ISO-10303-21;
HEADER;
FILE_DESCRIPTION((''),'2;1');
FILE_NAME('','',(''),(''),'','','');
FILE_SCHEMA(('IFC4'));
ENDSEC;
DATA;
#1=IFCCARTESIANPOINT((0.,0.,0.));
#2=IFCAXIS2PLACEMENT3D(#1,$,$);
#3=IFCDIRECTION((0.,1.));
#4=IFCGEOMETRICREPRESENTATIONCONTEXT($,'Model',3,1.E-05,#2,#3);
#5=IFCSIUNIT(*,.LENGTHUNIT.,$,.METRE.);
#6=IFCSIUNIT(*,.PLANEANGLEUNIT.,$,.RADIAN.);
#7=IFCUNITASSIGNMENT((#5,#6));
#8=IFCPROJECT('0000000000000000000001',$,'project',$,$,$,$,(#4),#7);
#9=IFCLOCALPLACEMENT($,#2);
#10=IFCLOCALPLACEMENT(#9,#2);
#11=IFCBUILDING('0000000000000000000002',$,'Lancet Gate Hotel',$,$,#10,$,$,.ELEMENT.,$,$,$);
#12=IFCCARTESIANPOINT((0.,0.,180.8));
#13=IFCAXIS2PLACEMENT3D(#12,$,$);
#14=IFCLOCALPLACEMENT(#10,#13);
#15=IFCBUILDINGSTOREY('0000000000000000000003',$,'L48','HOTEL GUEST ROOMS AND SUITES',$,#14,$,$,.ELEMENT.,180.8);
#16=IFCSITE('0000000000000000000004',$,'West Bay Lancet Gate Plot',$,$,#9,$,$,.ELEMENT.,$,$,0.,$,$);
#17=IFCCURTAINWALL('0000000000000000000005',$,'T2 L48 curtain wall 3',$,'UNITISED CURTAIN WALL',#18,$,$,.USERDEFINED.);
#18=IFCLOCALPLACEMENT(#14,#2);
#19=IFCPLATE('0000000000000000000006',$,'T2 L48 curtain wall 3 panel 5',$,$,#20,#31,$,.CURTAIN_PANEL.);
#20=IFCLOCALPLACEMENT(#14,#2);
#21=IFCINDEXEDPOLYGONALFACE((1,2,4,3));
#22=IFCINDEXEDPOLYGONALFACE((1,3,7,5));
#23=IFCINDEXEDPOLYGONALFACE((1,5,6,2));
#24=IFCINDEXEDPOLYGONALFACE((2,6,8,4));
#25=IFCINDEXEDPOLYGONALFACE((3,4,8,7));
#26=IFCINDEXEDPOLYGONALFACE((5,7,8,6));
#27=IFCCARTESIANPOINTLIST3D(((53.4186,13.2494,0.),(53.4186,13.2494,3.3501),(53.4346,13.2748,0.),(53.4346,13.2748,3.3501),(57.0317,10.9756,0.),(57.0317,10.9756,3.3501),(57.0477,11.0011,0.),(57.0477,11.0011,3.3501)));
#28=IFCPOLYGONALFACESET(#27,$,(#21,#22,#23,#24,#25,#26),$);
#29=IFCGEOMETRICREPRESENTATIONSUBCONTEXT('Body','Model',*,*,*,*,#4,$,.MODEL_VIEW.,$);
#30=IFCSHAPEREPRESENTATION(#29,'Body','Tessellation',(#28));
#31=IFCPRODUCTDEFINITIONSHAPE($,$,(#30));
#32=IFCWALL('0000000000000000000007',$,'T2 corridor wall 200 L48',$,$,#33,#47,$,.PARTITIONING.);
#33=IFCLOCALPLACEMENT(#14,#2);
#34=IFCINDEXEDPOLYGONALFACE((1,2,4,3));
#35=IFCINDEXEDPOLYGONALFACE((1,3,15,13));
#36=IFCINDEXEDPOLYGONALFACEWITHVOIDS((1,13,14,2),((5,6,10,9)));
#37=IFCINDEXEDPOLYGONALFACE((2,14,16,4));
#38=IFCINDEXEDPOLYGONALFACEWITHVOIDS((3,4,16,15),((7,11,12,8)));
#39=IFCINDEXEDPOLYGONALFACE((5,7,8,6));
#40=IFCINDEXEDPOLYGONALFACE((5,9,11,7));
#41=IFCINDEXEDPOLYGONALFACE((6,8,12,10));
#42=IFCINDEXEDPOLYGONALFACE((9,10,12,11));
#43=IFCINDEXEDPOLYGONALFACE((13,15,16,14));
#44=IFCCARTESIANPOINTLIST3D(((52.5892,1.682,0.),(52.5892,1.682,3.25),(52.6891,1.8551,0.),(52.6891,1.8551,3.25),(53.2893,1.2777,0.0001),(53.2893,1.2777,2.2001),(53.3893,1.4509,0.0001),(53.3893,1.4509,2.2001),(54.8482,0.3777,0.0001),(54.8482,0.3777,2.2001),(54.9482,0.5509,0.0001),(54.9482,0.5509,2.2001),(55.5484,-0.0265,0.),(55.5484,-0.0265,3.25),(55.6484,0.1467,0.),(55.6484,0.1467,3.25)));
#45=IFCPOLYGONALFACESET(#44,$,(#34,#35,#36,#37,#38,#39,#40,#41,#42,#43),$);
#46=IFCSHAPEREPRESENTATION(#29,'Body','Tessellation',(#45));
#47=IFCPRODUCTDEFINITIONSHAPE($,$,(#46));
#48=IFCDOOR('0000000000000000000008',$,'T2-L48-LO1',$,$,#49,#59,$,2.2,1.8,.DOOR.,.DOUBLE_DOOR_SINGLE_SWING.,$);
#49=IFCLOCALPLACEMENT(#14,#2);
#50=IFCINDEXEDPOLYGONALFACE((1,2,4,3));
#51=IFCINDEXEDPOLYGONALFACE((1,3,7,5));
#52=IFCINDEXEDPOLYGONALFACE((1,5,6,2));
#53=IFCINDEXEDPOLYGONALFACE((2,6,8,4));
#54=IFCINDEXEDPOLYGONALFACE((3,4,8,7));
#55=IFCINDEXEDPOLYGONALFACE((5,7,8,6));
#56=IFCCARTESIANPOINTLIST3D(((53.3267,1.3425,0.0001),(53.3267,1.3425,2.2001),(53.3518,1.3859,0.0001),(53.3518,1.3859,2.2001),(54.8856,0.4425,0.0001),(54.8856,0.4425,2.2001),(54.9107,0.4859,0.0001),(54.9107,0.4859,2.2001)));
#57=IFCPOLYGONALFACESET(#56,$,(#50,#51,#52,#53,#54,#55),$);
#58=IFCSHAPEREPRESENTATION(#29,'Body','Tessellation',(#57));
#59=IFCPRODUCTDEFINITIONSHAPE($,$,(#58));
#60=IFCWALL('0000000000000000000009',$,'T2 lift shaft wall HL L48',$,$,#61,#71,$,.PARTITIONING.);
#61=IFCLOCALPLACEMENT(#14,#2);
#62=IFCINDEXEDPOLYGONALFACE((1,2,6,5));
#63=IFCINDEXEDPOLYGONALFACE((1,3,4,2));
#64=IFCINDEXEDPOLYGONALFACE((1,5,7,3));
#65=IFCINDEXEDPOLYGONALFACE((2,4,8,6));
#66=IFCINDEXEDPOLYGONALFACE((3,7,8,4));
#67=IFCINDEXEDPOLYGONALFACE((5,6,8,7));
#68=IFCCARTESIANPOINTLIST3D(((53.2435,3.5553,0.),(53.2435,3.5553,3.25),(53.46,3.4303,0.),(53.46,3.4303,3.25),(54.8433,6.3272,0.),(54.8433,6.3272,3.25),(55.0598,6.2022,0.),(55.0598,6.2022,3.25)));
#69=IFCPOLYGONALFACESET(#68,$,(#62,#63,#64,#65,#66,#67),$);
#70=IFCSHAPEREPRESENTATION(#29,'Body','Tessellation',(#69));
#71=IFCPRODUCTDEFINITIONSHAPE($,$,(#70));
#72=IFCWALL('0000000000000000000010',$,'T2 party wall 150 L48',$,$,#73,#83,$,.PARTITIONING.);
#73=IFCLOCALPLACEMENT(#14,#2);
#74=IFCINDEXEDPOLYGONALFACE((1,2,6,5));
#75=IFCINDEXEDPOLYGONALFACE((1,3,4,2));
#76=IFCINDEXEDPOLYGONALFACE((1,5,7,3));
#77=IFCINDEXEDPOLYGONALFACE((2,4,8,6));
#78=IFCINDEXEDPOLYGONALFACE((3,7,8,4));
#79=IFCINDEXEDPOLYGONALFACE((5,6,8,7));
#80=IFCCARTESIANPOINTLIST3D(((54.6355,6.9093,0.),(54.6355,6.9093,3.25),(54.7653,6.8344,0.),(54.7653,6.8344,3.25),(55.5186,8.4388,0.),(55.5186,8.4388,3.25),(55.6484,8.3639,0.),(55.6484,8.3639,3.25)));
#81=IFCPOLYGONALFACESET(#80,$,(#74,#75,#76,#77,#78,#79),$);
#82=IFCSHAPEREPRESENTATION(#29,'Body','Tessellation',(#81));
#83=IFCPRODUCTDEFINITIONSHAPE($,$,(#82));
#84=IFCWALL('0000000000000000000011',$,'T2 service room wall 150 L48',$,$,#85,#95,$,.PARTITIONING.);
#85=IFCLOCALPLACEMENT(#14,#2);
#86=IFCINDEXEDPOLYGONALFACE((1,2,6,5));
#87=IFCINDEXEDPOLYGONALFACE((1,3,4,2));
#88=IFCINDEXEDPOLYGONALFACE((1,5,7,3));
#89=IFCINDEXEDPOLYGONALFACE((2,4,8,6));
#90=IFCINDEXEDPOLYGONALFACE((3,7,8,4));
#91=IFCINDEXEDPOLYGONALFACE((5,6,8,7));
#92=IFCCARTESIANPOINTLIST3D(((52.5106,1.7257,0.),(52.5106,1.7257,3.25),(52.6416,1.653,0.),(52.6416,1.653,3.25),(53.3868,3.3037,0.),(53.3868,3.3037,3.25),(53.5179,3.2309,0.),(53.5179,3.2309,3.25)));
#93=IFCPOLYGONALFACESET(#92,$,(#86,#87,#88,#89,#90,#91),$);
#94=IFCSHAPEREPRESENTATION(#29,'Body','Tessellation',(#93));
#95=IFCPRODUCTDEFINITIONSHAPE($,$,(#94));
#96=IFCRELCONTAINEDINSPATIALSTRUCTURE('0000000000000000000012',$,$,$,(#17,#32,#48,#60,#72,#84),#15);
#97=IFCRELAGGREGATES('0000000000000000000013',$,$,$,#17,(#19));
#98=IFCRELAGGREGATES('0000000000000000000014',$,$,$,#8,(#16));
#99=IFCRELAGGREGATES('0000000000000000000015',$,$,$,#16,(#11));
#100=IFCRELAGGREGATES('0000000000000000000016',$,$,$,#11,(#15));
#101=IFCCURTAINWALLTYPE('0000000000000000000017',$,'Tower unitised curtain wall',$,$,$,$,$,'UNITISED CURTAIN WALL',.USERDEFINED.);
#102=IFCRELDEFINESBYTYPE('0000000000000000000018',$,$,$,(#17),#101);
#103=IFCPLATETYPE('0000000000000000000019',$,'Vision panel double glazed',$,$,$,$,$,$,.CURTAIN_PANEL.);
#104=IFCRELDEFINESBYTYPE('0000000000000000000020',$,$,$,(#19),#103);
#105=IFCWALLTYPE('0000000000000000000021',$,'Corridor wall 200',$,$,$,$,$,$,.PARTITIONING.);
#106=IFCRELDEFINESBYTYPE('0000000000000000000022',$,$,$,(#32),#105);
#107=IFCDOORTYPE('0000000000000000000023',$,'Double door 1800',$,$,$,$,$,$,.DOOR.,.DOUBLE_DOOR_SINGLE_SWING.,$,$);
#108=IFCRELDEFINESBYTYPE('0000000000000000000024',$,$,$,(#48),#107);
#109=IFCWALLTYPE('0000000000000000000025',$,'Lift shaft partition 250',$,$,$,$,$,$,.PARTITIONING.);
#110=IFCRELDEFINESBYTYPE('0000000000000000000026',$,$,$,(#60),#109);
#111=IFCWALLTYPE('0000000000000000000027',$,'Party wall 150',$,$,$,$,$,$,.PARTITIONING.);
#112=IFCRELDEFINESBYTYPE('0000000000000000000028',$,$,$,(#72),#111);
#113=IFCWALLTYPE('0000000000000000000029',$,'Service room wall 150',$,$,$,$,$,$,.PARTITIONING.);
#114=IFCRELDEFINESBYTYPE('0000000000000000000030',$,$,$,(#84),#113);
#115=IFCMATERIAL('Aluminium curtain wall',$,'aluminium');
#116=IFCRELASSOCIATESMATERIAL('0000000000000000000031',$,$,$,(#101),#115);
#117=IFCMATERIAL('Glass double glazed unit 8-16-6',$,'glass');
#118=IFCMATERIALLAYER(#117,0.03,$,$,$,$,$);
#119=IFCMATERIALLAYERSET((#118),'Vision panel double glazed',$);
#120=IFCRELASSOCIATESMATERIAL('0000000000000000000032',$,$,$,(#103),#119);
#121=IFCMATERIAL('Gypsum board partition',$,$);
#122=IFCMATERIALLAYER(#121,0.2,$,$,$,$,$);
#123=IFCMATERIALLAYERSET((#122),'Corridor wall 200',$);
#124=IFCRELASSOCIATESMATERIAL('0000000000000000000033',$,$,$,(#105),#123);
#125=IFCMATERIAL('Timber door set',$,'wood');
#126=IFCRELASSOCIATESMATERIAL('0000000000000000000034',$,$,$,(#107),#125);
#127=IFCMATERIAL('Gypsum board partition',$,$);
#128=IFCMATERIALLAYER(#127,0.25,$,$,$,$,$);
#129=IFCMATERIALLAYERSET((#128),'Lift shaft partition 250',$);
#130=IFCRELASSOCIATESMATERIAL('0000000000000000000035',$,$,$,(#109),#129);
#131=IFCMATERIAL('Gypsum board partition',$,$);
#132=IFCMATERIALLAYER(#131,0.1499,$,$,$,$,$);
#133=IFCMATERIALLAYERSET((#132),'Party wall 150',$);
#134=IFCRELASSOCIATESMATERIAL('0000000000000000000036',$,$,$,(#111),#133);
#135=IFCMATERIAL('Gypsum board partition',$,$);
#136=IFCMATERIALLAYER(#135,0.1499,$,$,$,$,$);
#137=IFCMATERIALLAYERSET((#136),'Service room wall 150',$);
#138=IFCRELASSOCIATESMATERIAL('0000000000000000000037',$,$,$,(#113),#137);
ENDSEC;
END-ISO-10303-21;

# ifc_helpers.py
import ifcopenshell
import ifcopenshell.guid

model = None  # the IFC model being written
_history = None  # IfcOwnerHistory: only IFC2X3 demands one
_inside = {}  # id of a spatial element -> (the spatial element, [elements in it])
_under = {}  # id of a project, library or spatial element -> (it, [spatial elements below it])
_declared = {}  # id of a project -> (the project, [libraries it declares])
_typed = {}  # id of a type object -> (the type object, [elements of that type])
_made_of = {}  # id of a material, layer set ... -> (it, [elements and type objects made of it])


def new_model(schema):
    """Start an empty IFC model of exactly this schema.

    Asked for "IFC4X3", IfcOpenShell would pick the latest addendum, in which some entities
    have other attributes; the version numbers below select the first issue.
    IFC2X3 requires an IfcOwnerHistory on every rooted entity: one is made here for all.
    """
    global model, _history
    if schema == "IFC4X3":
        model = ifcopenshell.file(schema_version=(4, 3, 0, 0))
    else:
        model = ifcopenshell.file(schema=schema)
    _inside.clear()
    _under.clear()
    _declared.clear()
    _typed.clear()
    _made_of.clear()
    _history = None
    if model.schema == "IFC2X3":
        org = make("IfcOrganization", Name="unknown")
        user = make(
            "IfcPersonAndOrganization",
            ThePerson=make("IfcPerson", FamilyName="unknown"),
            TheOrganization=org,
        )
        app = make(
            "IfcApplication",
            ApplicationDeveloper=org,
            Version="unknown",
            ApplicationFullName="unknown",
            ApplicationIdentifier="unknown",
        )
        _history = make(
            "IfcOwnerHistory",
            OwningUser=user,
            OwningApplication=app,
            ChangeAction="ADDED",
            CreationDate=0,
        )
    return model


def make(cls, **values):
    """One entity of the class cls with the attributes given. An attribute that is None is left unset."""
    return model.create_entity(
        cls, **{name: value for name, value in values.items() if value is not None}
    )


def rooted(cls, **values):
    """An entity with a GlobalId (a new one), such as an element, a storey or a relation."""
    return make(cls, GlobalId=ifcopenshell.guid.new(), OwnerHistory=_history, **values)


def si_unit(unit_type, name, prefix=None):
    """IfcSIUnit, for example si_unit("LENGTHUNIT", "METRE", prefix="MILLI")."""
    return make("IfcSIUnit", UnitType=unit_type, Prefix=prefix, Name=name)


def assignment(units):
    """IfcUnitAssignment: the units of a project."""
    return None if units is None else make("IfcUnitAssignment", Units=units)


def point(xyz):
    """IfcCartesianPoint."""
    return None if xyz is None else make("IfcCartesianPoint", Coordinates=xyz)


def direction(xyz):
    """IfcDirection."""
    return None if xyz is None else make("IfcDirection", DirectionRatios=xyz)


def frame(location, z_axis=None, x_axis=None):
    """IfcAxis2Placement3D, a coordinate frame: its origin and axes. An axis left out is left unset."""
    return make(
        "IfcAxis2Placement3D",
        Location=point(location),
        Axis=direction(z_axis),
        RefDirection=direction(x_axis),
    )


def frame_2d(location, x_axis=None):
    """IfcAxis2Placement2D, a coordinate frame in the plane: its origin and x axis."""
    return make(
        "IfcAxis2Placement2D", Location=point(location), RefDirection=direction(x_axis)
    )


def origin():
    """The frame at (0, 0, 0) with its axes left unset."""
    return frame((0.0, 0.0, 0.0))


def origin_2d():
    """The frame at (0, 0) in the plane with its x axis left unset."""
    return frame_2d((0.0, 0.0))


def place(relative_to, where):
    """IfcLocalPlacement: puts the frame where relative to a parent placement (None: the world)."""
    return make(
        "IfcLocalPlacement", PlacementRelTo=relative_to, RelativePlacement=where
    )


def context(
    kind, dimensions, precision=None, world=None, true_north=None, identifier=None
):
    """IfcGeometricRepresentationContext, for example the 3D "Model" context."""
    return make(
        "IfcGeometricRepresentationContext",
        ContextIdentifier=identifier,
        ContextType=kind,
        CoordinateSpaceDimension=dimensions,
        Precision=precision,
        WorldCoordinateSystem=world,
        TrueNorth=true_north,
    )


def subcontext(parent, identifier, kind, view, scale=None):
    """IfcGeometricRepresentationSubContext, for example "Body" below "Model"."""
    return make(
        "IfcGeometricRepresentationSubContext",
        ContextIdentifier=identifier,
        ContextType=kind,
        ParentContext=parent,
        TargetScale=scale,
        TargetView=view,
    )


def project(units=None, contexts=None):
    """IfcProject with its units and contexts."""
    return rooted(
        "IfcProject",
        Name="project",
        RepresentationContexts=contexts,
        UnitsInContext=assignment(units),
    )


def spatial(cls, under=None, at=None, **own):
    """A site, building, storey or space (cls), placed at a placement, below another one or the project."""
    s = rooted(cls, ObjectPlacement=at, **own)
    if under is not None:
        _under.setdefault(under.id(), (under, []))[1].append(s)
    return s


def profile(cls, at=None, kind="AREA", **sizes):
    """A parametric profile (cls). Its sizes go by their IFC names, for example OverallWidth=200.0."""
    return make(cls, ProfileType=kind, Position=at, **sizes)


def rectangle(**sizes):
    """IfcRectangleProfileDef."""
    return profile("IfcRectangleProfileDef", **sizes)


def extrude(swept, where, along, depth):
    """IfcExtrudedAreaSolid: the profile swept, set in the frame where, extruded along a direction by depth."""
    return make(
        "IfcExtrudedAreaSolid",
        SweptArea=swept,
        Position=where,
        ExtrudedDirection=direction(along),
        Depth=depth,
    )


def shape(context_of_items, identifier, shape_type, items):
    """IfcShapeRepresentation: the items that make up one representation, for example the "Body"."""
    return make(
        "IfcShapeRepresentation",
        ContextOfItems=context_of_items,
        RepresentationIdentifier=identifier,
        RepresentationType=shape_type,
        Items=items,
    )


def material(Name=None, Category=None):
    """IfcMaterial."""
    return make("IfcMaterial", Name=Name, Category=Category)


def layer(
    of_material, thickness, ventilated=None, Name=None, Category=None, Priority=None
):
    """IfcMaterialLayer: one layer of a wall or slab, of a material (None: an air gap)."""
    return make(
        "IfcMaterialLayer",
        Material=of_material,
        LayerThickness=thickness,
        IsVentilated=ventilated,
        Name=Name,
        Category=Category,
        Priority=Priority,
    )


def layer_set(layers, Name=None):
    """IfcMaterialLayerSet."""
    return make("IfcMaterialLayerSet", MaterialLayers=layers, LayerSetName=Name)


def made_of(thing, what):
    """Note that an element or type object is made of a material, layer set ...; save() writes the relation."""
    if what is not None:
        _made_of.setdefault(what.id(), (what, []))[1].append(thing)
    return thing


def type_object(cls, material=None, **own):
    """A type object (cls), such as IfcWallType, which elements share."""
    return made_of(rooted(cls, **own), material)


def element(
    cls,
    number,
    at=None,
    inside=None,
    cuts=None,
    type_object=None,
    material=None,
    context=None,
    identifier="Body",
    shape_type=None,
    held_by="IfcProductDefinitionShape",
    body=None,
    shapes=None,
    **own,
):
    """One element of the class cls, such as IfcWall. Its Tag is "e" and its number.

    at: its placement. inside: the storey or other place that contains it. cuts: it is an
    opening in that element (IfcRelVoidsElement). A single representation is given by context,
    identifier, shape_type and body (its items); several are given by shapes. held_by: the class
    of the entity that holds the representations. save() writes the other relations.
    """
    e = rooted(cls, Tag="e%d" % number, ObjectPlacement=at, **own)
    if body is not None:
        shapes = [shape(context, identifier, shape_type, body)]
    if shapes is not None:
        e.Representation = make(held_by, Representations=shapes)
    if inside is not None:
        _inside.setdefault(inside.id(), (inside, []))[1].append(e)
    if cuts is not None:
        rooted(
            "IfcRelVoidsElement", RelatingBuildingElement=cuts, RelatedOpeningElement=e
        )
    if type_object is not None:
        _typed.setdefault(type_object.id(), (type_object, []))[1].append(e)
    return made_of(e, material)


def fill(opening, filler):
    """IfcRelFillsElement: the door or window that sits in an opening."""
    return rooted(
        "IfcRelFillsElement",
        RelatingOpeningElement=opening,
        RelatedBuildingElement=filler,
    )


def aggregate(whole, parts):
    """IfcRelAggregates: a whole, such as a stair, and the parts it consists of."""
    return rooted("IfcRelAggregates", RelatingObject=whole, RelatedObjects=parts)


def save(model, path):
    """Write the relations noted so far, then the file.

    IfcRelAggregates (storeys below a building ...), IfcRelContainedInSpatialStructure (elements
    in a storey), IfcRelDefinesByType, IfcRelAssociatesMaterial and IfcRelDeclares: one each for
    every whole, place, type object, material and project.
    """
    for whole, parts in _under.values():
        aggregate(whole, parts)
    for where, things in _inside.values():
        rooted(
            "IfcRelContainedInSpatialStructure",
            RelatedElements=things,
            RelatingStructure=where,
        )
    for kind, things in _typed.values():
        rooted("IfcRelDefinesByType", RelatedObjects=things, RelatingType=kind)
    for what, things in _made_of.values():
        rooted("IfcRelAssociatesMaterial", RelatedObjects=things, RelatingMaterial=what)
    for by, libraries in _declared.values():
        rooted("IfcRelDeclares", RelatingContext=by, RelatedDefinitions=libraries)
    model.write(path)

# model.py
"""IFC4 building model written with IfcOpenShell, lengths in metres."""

from ifc_helpers import new_model, si_unit, direction, frame, frame_2d, origin, origin_2d, place, context, subcontext, project, spatial, rectangle, extrude, material, layer, layer_set, type_object, element, fill, aggregate, save


model = new_model("IFC4")

# Units and contexts
model_context = context("Model", 3, precision=1e-05, world=origin(), true_north=direction((0.0, 1.0)))
body_context = subcontext(model_context, "Body", "Model", "MODEL_VIEW")
ifc_project = project(units=[si_unit("LENGTHUNIT", "METRE"), si_unit("PLANEANGLEUNIT", "RADIAN")], contexts=[model_context])

# Site, building, storey
site_placement = place(None, origin())
site = spatial("IfcSite", under=ifc_project, at=site_placement, Name="West Bay Lancet Gate Plot", CompositionType="ELEMENT", RefElevation=0.0)
building_placement = place(site_placement, origin())
building = spatial("IfcBuilding", under=site, at=building_placement, Name="Lancet Gate Hotel", CompositionType="ELEMENT")
storey_placement = place(building_placement, frame((0.0, 0.0, 180.8)))
storey = spatial("IfcBuildingStorey", under=building, at=storey_placement, Name="L48", Description="HOTEL GUEST ROOMS AND SUITES", CompositionType="ELEMENT", Elevation=180.8)

# Curtain wall
ifc_material_1 = material(Name="Aluminium curtain wall", Category="aluminium")
curtain_wall_type = type_object("IfcCurtainWallType", Name="Tower unitised curtain wall", ElementType="UNITISED CURTAIN WALL", PredefinedType="USERDEFINED", material=ifc_material_1)
curtain_wall_placement = place(storey_placement, origin())
curtain_wall = element("IfcCurtainWall", 1, at=curtain_wall_placement, inside=storey, type_object=curtain_wall_type, Name="T2 L48 curtain wall 3", ObjectType="UNITISED CURTAIN WALL", PredefinedType="USERDEFINED")

# Plate
ifc_material_2 = material(Name="Glass double glazed unit 8-16-6", Category="glass")
ifc_layer_1 = layer(ifc_material_2, 0.03)
ifc_layer_set_1 = layer_set([ifc_layer_1], Name="Vision panel double glazed")
plate_type = type_object("IfcPlateType", Name="Vision panel double glazed", PredefinedType="CURTAIN_PANEL", material=ifc_layer_set_1)
plate_1_placement = place(storey_placement, frame((55.2332, 12.1252, 0.0), z_axis=(0.0, 0.0, 1.0), x_axis=(-0.846352, 0.532623, 0.0)))
plate_1 = element("IfcPlate", 2, at=plate_1_placement, type_object=plate_type, Name="T2 L48 curtain wall 3 panel 5", PredefinedType="CURTAIN_PANEL", context=body_context, shape_type="SweptSolid", body=[
    extrude(rectangle(XDim=4.269, YDim=0.03, at=origin_2d()), origin(), (0.0, 0.0, 1.0), 3.3501),
])
aggregate(curtain_wall, [plate_1])

# Wall, opening, door
ifc_material_3 = material(Name="Gypsum board partition")
ifc_layer_2 = layer(ifc_material_3, 0.2)
ifc_layer_set_2 = layer_set([ifc_layer_2], Name="Corridor wall 200")
wall_type_1 = type_object("IfcWallType", Name="Corridor wall 200", PredefinedType="PARTITIONING", material=ifc_layer_set_2)
wall_1_placement = place(storey_placement, frame((52.6392, 1.7686, 0.0), z_axis=(0.0, 0.0, 1.0), x_axis=(0.866027, -0.499997, 0.0)))
wall_1 = element("IfcWall", 3, at=wall_1_placement, inside=storey, type_object=wall_type_1, Name="T2 corridor wall 200 L48", PredefinedType="PARTITIONING", context=body_context, shape_type="SweptSolid", body=[
    extrude(rectangle(XDim=3.417, YDim=0.2, at=frame_2d((1.7085, 0.0))), origin(), (0.0, 0.0, 1.0), 3.25),
])
opening_placement = place(wall_1_placement, frame((0.8086, 0.0, 0.0)))
opening = element("IfcOpeningElement", 4, at=opening_placement, cuts=wall_1, PredefinedType="OPENING", context=body_context, shape_type="SweptSolid", body=[
    extrude(rectangle(XDim=1.8, YDim=2.2, at=frame_2d((0.8999, 1.1001))), frame((0.0, 0.1099, 0.0), z_axis=(0.0, -1.0, 0.0), x_axis=(1.0, 0.0, 0.0)), (0.0, 0.0, 1.0), 0.22),
])
ifc_material_4 = material(Name="Timber door set", Category="wood")
door_type = type_object("IfcDoorType", Name="Double door 1800", OperationType="DOUBLE_DOOR_SINGLE_SWING", PredefinedType="DOOR", material=ifc_material_4)
door_placement = place(opening_placement, origin())
door = element("IfcDoor", 5, at=door_placement, inside=storey, type_object=door_type, Name="T2-L48-LO1", OperationType="DOUBLE_DOOR_SINGLE_SWING", OverallHeight=2.2, OverallWidth=1.8, PredefinedType="DOOR", context=body_context, shape_type="SweptSolid", body=[
    extrude(rectangle(XDim=1.8, YDim=2.2, at=frame_2d((0.8999, 1.1001))), frame((0.0, 0.0249, 0.0), z_axis=(0.0, -1.0, 0.0), x_axis=(1.0, 0.0, 0.0)), (0.0, 0.0, 1.0), 0.05),
])
fill(opening, door)

# Walls
ifc_material_5 = material(Name="Gypsum board partition")
ifc_layer_3 = layer(ifc_material_5, 0.25)
ifc_layer_set_3 = layer_set([ifc_layer_3], Name="Lift shaft partition 250")
wall_type_2 = type_object("IfcWallType", Name="Lift shaft partition 250", PredefinedType="PARTITIONING", material=ifc_layer_set_3)
wall_2_placement = place(storey_placement, frame((53.3518, 3.4929, 0.0), z_axis=(0.0, 0.0, 1.0), x_axis=(0.499872, 0.866099, 0.0)))
element("IfcWall", 6, at=wall_2_placement, inside=storey, type_object=wall_type_2, Name="T2 lift shaft wall HL L48", PredefinedType="PARTITIONING", context=body_context, shape_type="SweptSolid", body=[
    extrude(rectangle(XDim=3.2004, YDim=0.25, at=frame_2d((1.6001, 0.0))), origin(), (0.0, 0.0, 1.0), 3.25),
])
ifc_material_6 = material(Name="Gypsum board partition")
ifc_layer_4 = layer(ifc_material_6, 0.1499)
ifc_layer_set_4 = layer_set([ifc_layer_4], Name="Party wall 150")
wall_type_3 = type_object("IfcWallType", Name="Party wall 150", PredefinedType="PARTITIONING", material=ifc_layer_set_4)
wall_3_placement = place(storey_placement, frame((54.7004, 6.8718, 0.0), z_axis=(0.0, 0.0, 1.0), x_axis=(0.49999, 0.866031, 0.0)))
element("IfcWall", 7, at=wall_3_placement, inside=storey, type_object=wall_type_3, Name="T2 party wall 150 L48", PredefinedType="PARTITIONING", context=body_context, shape_type="SweptSolid", body=[
    extrude(rectangle(XDim=1.7661, YDim=0.1499, at=frame_2d((0.8831, 0.0))), origin(), (0.0, 0.0, 1.0), 3.25),
])
ifc_material_7 = material(Name="Gypsum board partition")
ifc_layer_5 = layer(ifc_material_7, 0.1499)
ifc_layer_set_5 = layer_set([ifc_layer_5], Name="Service room wall 150")
wall_type_4 = type_object("IfcWallType", Name="Service room wall 150", PredefinedType="PARTITIONING", material=ifc_layer_set_5)
wall_4_placement = place(storey_placement, frame((52.5762, 1.6895, 0.0), z_axis=(0.0, 0.0, 1.0), x_axis=(0.485482, 0.874247, 0.0)))
element("IfcWall", 8, at=wall_4_placement, inside=storey, type_object=wall_type_4, Name="T2 service room wall 150 L48", PredefinedType="PARTITIONING", context=body_context, shape_type="SweptSolid", body=[
    extrude(rectangle(XDim=1.8049, YDim=0.1499, at=frame_2d((0.9023, 0.0))), origin(), (0.0, 0.0, 1.0), 3.25),
])

save(model, "model.ifc")
